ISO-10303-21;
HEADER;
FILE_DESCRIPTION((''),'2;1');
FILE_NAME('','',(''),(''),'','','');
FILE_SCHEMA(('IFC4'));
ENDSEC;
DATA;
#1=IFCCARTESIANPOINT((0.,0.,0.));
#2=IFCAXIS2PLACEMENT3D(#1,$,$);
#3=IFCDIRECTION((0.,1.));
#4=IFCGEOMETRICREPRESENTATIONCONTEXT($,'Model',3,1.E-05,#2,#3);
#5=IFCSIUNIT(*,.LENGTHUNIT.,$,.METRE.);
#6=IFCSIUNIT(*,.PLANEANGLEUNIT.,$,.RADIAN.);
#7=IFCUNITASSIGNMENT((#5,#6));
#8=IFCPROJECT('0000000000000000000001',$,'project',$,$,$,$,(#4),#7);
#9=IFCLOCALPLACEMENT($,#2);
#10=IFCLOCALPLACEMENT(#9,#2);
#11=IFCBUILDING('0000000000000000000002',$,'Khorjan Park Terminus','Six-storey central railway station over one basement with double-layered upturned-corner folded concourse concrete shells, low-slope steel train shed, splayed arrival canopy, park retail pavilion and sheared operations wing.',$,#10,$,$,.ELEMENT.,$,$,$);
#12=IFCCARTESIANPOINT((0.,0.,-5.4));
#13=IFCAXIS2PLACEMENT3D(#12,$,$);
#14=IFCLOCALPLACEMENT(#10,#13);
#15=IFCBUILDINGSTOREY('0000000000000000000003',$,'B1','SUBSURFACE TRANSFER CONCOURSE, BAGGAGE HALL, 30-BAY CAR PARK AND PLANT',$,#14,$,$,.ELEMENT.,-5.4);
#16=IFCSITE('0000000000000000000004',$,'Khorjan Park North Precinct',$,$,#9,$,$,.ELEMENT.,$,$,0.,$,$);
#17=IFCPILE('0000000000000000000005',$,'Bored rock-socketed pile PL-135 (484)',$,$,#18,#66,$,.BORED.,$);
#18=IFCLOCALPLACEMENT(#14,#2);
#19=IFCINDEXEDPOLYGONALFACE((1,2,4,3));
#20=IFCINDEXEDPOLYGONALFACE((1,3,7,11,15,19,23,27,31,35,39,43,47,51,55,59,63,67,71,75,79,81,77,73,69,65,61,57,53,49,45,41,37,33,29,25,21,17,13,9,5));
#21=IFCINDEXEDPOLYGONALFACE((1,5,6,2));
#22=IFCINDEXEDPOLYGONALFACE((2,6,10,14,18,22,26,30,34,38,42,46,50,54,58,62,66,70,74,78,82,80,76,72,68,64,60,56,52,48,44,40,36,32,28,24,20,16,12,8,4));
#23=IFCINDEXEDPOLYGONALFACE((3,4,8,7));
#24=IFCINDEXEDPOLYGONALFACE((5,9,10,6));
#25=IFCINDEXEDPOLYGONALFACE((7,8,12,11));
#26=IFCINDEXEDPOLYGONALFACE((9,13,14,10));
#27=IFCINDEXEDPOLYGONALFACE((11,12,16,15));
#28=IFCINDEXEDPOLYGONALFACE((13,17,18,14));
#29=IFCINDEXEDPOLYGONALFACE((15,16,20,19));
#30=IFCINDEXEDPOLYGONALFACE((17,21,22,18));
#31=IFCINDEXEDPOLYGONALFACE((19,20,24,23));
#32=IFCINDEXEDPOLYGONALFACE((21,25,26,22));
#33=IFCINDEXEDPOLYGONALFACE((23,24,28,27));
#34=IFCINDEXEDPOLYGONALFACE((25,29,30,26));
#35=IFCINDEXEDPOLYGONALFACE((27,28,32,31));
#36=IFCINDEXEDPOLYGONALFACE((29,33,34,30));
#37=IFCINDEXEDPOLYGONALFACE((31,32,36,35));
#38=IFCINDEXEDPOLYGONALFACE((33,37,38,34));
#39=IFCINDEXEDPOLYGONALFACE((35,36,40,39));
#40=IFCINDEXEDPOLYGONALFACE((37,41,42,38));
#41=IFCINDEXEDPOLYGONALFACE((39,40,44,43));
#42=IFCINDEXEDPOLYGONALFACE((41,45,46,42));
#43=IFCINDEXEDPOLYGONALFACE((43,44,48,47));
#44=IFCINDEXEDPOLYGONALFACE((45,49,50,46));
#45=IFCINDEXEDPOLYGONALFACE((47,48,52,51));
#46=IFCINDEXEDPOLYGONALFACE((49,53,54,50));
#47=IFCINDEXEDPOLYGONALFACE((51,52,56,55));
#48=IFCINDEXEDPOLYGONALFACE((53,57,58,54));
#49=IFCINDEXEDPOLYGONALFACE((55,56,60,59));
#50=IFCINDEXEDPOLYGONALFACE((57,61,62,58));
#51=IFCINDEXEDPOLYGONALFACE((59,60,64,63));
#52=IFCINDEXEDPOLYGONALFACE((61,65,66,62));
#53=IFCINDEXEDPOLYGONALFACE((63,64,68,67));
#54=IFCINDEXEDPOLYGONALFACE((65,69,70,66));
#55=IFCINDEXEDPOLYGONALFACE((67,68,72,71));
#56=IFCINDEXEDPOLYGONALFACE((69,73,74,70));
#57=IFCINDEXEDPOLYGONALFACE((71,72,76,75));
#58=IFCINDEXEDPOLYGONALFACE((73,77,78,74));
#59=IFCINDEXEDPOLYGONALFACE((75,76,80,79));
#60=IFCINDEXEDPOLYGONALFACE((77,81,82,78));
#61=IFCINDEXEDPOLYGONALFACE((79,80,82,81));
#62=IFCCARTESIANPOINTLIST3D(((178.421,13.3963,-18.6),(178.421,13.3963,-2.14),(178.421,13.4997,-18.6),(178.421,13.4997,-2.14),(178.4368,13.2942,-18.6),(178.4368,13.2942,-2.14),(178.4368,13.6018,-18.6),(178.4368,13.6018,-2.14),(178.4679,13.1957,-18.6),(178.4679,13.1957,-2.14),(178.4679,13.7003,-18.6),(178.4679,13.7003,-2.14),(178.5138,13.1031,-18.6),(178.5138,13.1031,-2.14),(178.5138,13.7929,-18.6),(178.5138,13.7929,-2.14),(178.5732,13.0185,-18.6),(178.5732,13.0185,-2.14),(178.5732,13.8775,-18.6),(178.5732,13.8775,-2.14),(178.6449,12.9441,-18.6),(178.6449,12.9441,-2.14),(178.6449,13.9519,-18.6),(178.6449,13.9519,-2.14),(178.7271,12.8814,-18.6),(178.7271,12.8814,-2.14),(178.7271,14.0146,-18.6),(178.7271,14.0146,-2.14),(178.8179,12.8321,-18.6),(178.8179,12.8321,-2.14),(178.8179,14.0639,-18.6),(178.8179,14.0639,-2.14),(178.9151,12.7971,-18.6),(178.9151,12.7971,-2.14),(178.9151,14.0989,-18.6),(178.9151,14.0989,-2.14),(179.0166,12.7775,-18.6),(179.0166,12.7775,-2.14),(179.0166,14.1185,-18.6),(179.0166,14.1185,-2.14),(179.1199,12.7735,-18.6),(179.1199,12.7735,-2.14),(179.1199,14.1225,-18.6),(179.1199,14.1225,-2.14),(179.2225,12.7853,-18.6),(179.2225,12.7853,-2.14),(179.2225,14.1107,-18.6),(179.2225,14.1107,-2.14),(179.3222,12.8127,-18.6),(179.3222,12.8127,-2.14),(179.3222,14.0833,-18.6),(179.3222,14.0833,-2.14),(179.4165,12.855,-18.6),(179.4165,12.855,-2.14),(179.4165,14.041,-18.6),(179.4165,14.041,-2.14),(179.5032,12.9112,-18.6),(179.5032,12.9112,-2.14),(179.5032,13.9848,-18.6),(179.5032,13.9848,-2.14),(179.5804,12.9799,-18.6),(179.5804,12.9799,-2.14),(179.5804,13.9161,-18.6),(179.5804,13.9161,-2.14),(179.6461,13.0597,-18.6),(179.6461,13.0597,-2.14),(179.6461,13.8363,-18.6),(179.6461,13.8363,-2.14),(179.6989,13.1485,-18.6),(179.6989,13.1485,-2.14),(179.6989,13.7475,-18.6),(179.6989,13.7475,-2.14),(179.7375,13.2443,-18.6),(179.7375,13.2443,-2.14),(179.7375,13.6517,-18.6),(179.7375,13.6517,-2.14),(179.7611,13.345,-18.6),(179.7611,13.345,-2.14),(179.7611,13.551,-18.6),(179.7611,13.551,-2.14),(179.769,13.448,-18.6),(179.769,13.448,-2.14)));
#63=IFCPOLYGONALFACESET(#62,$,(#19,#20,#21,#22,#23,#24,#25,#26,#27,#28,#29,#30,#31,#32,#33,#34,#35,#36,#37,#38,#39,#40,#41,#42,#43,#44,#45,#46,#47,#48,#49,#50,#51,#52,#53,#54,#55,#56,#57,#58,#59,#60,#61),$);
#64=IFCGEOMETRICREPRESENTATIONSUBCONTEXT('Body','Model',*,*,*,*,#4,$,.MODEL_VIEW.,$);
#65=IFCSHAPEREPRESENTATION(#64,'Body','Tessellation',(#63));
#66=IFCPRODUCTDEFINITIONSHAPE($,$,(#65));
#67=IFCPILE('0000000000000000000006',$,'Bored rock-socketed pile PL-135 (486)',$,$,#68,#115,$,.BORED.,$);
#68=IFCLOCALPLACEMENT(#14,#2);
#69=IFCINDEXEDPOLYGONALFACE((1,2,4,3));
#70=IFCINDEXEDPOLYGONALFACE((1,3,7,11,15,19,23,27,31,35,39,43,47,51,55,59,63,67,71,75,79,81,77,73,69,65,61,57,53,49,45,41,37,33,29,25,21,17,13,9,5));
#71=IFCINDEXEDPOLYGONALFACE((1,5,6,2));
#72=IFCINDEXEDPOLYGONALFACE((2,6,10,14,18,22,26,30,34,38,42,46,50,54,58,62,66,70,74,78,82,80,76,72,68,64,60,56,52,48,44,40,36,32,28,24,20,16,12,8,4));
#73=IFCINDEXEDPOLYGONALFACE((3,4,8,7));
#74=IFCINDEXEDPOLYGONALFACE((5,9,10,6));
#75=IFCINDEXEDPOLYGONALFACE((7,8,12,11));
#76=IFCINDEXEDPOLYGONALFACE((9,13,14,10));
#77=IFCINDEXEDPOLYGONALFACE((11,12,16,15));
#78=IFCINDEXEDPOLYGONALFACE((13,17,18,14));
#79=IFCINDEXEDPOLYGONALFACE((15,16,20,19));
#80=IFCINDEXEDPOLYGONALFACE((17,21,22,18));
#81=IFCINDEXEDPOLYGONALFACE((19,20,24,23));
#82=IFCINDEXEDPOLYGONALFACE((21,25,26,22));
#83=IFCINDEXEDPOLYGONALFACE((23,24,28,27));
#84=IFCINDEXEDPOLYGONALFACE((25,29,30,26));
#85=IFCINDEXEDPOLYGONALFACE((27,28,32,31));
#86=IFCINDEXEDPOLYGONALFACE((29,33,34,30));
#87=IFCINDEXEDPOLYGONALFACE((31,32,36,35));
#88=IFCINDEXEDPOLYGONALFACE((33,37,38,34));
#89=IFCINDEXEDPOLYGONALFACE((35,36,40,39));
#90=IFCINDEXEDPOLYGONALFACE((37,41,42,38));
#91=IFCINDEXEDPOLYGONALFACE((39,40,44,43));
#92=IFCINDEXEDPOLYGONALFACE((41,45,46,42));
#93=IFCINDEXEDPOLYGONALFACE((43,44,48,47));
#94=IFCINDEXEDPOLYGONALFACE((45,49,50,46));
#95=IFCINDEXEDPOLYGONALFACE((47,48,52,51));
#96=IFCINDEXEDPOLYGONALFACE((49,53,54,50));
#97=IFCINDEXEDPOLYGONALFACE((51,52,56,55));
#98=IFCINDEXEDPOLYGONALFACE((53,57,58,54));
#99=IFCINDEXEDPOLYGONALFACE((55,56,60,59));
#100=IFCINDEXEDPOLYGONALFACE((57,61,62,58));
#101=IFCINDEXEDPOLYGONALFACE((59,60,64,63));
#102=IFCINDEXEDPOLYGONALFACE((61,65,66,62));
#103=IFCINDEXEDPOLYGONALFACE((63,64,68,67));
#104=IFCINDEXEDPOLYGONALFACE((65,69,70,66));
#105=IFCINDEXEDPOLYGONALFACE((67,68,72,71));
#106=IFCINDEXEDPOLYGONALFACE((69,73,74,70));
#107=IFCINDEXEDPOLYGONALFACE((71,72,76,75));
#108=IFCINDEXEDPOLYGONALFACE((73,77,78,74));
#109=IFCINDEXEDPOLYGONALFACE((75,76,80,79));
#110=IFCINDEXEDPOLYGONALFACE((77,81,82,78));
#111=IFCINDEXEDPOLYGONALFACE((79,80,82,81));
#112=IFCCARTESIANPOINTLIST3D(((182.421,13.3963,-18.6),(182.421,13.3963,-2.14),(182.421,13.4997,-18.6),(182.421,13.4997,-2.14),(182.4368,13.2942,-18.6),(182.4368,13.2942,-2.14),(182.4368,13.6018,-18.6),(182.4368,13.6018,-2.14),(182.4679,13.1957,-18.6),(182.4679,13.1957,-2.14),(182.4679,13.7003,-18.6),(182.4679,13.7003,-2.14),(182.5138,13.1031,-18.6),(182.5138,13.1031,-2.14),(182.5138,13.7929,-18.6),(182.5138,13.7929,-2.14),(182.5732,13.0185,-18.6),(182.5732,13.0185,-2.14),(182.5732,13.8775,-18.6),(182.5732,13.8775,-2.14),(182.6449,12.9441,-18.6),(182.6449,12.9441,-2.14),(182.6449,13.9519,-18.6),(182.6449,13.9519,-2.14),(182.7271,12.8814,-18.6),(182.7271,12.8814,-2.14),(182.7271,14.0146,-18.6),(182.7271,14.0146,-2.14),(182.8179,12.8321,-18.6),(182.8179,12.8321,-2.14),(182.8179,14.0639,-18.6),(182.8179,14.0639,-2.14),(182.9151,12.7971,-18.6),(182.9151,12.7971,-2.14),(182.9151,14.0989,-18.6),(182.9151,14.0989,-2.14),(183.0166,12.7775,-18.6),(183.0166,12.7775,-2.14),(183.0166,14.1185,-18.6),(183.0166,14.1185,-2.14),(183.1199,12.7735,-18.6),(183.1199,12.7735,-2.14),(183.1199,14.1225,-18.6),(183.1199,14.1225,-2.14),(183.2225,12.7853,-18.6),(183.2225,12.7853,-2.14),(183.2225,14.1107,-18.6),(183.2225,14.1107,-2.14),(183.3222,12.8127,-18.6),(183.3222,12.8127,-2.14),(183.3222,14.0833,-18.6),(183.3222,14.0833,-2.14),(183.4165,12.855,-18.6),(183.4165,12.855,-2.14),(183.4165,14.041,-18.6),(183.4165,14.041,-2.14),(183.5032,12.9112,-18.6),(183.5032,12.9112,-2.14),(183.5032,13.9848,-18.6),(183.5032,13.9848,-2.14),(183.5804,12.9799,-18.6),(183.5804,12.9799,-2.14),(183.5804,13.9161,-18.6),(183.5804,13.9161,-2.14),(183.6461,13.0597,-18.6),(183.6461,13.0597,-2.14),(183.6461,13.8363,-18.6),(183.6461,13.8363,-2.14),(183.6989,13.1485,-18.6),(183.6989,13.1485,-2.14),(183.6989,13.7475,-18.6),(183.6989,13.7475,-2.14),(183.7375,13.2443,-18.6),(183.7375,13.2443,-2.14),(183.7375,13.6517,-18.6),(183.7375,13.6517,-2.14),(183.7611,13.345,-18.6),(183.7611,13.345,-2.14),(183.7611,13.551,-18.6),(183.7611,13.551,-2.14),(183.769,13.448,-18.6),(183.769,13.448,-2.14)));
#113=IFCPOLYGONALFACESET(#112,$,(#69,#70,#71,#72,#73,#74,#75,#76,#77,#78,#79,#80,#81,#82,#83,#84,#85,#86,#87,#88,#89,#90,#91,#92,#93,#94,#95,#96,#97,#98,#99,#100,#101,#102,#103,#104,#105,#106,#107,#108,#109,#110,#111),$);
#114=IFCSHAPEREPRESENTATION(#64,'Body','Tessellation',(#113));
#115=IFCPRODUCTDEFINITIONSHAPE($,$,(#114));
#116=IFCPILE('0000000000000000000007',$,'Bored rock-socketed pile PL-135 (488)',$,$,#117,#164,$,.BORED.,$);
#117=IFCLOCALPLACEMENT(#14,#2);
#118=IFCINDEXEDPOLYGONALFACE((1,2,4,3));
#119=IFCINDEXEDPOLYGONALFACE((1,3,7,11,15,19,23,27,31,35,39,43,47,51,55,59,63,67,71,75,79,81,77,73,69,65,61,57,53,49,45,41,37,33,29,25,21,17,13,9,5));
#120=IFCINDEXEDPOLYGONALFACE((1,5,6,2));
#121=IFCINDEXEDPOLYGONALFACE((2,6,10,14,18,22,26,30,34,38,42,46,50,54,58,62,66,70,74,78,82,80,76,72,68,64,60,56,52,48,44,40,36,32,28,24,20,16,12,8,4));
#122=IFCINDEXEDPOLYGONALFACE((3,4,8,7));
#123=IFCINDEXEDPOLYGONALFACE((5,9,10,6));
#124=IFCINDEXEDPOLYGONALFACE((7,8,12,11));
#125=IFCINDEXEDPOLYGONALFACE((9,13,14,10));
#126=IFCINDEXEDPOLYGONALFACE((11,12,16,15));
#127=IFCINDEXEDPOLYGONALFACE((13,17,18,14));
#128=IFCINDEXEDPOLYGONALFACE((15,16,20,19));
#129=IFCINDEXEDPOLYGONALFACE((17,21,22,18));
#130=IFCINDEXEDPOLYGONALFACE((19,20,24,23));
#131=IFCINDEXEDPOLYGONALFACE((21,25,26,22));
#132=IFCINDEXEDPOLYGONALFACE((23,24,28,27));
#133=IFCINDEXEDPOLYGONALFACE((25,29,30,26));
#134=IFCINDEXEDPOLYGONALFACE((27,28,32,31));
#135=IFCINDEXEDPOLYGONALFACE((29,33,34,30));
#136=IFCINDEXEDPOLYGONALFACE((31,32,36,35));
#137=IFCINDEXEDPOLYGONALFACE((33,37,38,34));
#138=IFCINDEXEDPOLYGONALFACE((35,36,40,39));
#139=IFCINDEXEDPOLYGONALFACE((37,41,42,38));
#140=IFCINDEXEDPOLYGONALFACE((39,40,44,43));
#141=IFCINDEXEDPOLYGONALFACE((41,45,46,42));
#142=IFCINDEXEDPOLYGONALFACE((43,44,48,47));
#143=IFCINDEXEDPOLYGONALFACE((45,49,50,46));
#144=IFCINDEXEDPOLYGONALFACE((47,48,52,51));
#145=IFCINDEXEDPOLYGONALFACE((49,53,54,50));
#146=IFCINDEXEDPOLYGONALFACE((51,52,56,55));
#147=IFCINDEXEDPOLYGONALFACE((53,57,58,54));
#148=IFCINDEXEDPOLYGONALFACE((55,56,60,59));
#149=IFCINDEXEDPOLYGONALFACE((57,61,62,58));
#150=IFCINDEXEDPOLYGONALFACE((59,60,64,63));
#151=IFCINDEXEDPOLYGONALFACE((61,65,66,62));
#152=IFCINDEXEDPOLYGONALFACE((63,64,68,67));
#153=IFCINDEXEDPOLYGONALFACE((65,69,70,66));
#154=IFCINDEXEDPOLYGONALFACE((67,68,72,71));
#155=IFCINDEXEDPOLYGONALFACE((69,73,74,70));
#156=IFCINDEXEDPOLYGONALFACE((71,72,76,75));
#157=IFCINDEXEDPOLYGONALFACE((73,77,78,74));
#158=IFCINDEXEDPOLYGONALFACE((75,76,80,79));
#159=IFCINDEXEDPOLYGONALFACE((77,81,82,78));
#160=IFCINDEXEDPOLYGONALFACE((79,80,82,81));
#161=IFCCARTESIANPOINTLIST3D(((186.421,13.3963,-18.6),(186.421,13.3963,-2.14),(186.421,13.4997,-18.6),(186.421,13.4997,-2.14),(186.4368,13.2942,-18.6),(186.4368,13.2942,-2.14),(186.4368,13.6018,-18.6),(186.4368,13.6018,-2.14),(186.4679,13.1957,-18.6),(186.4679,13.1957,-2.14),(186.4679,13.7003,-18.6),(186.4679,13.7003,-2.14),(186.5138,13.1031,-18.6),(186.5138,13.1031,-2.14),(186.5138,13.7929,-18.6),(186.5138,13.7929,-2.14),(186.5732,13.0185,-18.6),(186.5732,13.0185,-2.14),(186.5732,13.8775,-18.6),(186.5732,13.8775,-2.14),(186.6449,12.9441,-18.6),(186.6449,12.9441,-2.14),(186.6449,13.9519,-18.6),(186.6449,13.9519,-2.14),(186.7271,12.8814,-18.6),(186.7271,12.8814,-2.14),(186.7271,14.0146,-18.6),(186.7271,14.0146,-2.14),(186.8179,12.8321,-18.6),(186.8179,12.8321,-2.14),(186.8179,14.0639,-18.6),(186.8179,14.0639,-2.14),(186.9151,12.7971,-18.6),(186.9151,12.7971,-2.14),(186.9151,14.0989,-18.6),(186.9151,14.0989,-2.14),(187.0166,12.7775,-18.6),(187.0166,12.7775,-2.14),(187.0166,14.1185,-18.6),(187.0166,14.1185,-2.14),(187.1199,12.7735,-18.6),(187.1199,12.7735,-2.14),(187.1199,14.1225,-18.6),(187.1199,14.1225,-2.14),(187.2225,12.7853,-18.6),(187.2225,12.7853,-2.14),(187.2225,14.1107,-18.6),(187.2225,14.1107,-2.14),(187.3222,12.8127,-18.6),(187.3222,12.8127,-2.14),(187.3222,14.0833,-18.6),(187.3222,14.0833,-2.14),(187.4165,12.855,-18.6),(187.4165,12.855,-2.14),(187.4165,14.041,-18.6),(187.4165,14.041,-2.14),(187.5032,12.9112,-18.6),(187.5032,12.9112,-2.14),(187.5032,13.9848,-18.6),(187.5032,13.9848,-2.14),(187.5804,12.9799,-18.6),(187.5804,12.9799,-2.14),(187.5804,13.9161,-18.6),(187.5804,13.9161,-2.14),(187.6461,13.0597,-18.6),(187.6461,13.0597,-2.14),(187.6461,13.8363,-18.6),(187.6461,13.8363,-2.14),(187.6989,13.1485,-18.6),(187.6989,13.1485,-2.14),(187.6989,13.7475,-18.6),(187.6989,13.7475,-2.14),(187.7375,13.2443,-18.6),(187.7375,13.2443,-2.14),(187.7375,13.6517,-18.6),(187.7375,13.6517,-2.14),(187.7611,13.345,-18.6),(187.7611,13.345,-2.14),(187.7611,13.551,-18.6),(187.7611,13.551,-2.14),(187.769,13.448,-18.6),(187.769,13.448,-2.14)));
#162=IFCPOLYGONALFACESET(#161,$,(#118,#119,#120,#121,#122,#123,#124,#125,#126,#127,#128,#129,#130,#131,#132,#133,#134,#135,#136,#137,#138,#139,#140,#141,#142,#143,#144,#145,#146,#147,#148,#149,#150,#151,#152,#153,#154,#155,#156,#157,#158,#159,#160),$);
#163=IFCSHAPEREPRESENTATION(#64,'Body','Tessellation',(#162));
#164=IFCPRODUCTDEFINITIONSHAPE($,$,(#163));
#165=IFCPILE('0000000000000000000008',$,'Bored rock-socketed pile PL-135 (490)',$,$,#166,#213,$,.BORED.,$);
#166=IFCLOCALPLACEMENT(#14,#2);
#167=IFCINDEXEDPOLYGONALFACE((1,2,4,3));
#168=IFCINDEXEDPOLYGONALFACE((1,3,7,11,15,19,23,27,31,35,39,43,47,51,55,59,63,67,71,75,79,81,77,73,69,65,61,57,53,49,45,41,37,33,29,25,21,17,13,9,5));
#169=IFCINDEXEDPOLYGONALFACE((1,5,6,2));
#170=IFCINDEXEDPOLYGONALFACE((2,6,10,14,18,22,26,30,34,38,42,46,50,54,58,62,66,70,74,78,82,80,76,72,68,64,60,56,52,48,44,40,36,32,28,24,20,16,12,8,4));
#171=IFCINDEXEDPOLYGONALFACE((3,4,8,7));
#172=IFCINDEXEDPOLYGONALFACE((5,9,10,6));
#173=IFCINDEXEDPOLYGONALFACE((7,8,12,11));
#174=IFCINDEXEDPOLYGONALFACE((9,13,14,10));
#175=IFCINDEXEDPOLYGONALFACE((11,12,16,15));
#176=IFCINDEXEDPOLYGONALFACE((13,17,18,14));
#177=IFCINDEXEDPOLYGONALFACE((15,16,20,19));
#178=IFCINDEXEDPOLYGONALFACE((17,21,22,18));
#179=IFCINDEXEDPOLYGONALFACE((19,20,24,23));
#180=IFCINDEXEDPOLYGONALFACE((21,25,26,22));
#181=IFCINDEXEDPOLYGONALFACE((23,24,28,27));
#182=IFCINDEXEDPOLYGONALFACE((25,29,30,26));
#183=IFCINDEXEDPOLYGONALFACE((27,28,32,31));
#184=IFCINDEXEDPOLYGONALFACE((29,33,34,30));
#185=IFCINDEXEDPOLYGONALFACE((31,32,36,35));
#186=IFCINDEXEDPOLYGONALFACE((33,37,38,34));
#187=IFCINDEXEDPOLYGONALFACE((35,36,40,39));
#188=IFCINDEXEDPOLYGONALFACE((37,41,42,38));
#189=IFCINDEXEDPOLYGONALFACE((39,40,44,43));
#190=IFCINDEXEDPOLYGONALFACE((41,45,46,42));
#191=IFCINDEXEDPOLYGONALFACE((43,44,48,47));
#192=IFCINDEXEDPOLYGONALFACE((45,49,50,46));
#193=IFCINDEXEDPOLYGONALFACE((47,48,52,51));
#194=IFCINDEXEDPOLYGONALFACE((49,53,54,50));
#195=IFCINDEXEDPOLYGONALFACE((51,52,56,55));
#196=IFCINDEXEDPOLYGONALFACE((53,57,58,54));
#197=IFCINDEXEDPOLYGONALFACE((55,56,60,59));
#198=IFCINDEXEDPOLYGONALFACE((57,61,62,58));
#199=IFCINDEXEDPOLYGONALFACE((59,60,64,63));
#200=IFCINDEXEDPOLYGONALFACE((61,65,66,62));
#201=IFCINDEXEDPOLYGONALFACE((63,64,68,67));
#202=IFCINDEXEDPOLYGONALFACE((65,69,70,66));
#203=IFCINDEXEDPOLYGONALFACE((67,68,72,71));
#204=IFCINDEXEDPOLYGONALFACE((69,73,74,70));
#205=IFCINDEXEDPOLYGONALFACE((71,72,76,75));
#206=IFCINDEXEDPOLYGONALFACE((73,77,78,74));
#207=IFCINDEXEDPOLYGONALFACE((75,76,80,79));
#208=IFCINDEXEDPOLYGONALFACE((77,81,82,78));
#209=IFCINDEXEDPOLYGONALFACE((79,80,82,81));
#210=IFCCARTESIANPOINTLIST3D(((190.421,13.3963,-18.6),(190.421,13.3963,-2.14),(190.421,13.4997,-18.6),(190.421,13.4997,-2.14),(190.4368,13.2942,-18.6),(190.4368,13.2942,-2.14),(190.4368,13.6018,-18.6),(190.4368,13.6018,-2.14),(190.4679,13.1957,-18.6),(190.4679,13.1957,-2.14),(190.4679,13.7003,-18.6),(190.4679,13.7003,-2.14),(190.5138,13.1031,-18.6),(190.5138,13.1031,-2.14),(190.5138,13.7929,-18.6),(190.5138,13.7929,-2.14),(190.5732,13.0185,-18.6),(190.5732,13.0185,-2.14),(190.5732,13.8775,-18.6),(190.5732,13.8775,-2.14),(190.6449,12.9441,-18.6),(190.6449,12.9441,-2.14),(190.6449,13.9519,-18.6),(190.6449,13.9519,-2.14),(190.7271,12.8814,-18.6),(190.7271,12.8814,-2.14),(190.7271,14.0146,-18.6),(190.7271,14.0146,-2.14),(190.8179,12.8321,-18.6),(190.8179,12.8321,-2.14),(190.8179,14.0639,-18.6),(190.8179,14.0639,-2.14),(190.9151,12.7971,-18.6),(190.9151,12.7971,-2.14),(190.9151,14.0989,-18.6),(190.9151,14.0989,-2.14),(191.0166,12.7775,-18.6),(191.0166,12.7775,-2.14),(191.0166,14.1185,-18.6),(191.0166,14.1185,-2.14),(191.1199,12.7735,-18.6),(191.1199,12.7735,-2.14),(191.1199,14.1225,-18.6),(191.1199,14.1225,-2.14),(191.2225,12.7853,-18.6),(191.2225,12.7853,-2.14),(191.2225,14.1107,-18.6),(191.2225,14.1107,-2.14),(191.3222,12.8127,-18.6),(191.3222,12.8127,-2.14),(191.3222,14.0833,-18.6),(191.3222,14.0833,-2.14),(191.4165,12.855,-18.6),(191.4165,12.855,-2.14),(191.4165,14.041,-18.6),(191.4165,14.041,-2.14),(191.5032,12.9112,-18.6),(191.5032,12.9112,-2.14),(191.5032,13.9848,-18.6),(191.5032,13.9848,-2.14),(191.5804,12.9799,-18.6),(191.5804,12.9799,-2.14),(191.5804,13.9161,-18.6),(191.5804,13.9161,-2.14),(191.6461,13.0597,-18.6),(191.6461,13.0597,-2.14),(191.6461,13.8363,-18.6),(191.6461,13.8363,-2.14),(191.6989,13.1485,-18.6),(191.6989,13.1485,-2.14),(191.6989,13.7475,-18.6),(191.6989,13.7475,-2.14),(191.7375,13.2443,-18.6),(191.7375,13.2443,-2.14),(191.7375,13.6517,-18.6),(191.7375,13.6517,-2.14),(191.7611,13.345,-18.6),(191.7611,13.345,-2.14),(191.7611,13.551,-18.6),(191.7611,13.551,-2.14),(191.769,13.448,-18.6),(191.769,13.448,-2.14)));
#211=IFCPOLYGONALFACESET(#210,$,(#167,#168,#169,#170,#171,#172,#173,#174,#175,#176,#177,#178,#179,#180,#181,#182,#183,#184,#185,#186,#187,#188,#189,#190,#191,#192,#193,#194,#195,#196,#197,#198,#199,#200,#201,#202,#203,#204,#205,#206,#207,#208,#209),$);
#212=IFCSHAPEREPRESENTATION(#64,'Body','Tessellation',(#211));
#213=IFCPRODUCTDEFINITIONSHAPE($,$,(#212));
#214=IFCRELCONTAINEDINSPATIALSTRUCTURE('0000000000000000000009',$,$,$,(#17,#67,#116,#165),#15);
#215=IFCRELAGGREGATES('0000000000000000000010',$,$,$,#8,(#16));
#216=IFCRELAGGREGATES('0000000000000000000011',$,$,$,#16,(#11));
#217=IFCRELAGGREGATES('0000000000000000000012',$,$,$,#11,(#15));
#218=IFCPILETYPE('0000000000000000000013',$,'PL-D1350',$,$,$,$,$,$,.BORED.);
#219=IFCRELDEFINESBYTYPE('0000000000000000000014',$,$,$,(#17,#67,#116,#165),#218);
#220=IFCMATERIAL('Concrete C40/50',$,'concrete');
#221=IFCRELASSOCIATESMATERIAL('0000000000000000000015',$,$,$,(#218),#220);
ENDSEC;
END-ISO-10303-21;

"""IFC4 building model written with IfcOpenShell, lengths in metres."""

from ifc_helpers import new_model, si_unit, direction, frame, origin, origin_2d, place, context, subcontext, project, spatial, circle, extrude, material, material_profile, profile_set, type_object, element, save


model = new_model("IFC4")

# Units and contexts
model_context = context("Model", 3, precision=1e-05, world=origin(), true_north=direction((0.0, 1.0)))
body_context = subcontext(model_context, "Body", "Model", "MODEL_VIEW")
ifc_project = project(units=[si_unit("LENGTHUNIT", "METRE"), si_unit("PLANEANGLEUNIT", "RADIAN")], contexts=[model_context])

# Site, building, storey
site_placement = place(None, origin())
site = spatial("IfcSite", under=ifc_project, at=site_placement, Name="Khorjan Park North Precinct", CompositionType="ELEMENT", RefElevation=0.0)
building_placement = place(site_placement, origin())
building = spatial("IfcBuilding", under=site, at=building_placement, Name="Khorjan Park Terminus", Description="Six-storey central railway station over one basement with double-layered upturned-corner folded concourse concrete shells, low-slope steel train shed, splayed arrival canopy, park retail pavilion and sheared operations wing.", CompositionType="ELEMENT")
storey_placement = place(building_placement, frame((0.0, 0.0, -5.4)))
storey = spatial("IfcBuildingStorey", under=building, at=storey_placement, Name="B1", Description="SUBSURFACE TRANSFER CONCOURSE, BAGGAGE HALL, 30-BAY CAR PARK AND PLANT", CompositionType="ELEMENT", Elevation=-5.4)

# Piles
ifc_material_1 = material(Name="Concrete C40/50", Category="concrete")
ifc_material_profile_1 = material_profile(ifc_material_1, circle(Radius=0.675, at=origin_2d()), Name="BORED D1350")
ifc_profile_set_1 = profile_set([ifc_material_profile_1], Name="Concrete C40/50")
pile_type = type_object("IfcPileType", Name="PL-D1350", PredefinedType="BORED", material=ifc_profile_set_1)
for number, where, z_axis, x_axis, name in (
    (1, (179.094, 13.448, -2.14), (0.0, 0.0, -1.0), (1.0, 0.0, 0.0), "Bored rock-socketed pile PL-135 (484)"),
    (2, (183.094, 13.448, -2.14), (0.0, 0.0, -1.0), (1.0, 0.0, 0.0), "Bored rock-socketed pile PL-135 (486)"),
    (3, (187.094, 13.448, -2.14), (0.0, 0.0, -1.0), (1.0, 0.0, 0.0), "Bored rock-socketed pile PL-135 (488)"),
    (4, (191.094, 13.448, -2.14), (0.0, 0.0, -1.0), (1.0, 0.0, 0.0), "Bored rock-socketed pile PL-135 (490)"),
):
    element("IfcPile", number, at=place(storey_placement, frame(where, z_axis=z_axis, x_axis=x_axis)), inside=storey, type_object=pile_type, Name=name, PredefinedType="BORED", context=body_context, shape_type="SweptSolid", body=[
        extrude(circle(Radius=0.675, at=origin_2d()), origin(), (0.0, 0.0, 1.0), 16.46),
    ])

save(model, "model.ifc")
